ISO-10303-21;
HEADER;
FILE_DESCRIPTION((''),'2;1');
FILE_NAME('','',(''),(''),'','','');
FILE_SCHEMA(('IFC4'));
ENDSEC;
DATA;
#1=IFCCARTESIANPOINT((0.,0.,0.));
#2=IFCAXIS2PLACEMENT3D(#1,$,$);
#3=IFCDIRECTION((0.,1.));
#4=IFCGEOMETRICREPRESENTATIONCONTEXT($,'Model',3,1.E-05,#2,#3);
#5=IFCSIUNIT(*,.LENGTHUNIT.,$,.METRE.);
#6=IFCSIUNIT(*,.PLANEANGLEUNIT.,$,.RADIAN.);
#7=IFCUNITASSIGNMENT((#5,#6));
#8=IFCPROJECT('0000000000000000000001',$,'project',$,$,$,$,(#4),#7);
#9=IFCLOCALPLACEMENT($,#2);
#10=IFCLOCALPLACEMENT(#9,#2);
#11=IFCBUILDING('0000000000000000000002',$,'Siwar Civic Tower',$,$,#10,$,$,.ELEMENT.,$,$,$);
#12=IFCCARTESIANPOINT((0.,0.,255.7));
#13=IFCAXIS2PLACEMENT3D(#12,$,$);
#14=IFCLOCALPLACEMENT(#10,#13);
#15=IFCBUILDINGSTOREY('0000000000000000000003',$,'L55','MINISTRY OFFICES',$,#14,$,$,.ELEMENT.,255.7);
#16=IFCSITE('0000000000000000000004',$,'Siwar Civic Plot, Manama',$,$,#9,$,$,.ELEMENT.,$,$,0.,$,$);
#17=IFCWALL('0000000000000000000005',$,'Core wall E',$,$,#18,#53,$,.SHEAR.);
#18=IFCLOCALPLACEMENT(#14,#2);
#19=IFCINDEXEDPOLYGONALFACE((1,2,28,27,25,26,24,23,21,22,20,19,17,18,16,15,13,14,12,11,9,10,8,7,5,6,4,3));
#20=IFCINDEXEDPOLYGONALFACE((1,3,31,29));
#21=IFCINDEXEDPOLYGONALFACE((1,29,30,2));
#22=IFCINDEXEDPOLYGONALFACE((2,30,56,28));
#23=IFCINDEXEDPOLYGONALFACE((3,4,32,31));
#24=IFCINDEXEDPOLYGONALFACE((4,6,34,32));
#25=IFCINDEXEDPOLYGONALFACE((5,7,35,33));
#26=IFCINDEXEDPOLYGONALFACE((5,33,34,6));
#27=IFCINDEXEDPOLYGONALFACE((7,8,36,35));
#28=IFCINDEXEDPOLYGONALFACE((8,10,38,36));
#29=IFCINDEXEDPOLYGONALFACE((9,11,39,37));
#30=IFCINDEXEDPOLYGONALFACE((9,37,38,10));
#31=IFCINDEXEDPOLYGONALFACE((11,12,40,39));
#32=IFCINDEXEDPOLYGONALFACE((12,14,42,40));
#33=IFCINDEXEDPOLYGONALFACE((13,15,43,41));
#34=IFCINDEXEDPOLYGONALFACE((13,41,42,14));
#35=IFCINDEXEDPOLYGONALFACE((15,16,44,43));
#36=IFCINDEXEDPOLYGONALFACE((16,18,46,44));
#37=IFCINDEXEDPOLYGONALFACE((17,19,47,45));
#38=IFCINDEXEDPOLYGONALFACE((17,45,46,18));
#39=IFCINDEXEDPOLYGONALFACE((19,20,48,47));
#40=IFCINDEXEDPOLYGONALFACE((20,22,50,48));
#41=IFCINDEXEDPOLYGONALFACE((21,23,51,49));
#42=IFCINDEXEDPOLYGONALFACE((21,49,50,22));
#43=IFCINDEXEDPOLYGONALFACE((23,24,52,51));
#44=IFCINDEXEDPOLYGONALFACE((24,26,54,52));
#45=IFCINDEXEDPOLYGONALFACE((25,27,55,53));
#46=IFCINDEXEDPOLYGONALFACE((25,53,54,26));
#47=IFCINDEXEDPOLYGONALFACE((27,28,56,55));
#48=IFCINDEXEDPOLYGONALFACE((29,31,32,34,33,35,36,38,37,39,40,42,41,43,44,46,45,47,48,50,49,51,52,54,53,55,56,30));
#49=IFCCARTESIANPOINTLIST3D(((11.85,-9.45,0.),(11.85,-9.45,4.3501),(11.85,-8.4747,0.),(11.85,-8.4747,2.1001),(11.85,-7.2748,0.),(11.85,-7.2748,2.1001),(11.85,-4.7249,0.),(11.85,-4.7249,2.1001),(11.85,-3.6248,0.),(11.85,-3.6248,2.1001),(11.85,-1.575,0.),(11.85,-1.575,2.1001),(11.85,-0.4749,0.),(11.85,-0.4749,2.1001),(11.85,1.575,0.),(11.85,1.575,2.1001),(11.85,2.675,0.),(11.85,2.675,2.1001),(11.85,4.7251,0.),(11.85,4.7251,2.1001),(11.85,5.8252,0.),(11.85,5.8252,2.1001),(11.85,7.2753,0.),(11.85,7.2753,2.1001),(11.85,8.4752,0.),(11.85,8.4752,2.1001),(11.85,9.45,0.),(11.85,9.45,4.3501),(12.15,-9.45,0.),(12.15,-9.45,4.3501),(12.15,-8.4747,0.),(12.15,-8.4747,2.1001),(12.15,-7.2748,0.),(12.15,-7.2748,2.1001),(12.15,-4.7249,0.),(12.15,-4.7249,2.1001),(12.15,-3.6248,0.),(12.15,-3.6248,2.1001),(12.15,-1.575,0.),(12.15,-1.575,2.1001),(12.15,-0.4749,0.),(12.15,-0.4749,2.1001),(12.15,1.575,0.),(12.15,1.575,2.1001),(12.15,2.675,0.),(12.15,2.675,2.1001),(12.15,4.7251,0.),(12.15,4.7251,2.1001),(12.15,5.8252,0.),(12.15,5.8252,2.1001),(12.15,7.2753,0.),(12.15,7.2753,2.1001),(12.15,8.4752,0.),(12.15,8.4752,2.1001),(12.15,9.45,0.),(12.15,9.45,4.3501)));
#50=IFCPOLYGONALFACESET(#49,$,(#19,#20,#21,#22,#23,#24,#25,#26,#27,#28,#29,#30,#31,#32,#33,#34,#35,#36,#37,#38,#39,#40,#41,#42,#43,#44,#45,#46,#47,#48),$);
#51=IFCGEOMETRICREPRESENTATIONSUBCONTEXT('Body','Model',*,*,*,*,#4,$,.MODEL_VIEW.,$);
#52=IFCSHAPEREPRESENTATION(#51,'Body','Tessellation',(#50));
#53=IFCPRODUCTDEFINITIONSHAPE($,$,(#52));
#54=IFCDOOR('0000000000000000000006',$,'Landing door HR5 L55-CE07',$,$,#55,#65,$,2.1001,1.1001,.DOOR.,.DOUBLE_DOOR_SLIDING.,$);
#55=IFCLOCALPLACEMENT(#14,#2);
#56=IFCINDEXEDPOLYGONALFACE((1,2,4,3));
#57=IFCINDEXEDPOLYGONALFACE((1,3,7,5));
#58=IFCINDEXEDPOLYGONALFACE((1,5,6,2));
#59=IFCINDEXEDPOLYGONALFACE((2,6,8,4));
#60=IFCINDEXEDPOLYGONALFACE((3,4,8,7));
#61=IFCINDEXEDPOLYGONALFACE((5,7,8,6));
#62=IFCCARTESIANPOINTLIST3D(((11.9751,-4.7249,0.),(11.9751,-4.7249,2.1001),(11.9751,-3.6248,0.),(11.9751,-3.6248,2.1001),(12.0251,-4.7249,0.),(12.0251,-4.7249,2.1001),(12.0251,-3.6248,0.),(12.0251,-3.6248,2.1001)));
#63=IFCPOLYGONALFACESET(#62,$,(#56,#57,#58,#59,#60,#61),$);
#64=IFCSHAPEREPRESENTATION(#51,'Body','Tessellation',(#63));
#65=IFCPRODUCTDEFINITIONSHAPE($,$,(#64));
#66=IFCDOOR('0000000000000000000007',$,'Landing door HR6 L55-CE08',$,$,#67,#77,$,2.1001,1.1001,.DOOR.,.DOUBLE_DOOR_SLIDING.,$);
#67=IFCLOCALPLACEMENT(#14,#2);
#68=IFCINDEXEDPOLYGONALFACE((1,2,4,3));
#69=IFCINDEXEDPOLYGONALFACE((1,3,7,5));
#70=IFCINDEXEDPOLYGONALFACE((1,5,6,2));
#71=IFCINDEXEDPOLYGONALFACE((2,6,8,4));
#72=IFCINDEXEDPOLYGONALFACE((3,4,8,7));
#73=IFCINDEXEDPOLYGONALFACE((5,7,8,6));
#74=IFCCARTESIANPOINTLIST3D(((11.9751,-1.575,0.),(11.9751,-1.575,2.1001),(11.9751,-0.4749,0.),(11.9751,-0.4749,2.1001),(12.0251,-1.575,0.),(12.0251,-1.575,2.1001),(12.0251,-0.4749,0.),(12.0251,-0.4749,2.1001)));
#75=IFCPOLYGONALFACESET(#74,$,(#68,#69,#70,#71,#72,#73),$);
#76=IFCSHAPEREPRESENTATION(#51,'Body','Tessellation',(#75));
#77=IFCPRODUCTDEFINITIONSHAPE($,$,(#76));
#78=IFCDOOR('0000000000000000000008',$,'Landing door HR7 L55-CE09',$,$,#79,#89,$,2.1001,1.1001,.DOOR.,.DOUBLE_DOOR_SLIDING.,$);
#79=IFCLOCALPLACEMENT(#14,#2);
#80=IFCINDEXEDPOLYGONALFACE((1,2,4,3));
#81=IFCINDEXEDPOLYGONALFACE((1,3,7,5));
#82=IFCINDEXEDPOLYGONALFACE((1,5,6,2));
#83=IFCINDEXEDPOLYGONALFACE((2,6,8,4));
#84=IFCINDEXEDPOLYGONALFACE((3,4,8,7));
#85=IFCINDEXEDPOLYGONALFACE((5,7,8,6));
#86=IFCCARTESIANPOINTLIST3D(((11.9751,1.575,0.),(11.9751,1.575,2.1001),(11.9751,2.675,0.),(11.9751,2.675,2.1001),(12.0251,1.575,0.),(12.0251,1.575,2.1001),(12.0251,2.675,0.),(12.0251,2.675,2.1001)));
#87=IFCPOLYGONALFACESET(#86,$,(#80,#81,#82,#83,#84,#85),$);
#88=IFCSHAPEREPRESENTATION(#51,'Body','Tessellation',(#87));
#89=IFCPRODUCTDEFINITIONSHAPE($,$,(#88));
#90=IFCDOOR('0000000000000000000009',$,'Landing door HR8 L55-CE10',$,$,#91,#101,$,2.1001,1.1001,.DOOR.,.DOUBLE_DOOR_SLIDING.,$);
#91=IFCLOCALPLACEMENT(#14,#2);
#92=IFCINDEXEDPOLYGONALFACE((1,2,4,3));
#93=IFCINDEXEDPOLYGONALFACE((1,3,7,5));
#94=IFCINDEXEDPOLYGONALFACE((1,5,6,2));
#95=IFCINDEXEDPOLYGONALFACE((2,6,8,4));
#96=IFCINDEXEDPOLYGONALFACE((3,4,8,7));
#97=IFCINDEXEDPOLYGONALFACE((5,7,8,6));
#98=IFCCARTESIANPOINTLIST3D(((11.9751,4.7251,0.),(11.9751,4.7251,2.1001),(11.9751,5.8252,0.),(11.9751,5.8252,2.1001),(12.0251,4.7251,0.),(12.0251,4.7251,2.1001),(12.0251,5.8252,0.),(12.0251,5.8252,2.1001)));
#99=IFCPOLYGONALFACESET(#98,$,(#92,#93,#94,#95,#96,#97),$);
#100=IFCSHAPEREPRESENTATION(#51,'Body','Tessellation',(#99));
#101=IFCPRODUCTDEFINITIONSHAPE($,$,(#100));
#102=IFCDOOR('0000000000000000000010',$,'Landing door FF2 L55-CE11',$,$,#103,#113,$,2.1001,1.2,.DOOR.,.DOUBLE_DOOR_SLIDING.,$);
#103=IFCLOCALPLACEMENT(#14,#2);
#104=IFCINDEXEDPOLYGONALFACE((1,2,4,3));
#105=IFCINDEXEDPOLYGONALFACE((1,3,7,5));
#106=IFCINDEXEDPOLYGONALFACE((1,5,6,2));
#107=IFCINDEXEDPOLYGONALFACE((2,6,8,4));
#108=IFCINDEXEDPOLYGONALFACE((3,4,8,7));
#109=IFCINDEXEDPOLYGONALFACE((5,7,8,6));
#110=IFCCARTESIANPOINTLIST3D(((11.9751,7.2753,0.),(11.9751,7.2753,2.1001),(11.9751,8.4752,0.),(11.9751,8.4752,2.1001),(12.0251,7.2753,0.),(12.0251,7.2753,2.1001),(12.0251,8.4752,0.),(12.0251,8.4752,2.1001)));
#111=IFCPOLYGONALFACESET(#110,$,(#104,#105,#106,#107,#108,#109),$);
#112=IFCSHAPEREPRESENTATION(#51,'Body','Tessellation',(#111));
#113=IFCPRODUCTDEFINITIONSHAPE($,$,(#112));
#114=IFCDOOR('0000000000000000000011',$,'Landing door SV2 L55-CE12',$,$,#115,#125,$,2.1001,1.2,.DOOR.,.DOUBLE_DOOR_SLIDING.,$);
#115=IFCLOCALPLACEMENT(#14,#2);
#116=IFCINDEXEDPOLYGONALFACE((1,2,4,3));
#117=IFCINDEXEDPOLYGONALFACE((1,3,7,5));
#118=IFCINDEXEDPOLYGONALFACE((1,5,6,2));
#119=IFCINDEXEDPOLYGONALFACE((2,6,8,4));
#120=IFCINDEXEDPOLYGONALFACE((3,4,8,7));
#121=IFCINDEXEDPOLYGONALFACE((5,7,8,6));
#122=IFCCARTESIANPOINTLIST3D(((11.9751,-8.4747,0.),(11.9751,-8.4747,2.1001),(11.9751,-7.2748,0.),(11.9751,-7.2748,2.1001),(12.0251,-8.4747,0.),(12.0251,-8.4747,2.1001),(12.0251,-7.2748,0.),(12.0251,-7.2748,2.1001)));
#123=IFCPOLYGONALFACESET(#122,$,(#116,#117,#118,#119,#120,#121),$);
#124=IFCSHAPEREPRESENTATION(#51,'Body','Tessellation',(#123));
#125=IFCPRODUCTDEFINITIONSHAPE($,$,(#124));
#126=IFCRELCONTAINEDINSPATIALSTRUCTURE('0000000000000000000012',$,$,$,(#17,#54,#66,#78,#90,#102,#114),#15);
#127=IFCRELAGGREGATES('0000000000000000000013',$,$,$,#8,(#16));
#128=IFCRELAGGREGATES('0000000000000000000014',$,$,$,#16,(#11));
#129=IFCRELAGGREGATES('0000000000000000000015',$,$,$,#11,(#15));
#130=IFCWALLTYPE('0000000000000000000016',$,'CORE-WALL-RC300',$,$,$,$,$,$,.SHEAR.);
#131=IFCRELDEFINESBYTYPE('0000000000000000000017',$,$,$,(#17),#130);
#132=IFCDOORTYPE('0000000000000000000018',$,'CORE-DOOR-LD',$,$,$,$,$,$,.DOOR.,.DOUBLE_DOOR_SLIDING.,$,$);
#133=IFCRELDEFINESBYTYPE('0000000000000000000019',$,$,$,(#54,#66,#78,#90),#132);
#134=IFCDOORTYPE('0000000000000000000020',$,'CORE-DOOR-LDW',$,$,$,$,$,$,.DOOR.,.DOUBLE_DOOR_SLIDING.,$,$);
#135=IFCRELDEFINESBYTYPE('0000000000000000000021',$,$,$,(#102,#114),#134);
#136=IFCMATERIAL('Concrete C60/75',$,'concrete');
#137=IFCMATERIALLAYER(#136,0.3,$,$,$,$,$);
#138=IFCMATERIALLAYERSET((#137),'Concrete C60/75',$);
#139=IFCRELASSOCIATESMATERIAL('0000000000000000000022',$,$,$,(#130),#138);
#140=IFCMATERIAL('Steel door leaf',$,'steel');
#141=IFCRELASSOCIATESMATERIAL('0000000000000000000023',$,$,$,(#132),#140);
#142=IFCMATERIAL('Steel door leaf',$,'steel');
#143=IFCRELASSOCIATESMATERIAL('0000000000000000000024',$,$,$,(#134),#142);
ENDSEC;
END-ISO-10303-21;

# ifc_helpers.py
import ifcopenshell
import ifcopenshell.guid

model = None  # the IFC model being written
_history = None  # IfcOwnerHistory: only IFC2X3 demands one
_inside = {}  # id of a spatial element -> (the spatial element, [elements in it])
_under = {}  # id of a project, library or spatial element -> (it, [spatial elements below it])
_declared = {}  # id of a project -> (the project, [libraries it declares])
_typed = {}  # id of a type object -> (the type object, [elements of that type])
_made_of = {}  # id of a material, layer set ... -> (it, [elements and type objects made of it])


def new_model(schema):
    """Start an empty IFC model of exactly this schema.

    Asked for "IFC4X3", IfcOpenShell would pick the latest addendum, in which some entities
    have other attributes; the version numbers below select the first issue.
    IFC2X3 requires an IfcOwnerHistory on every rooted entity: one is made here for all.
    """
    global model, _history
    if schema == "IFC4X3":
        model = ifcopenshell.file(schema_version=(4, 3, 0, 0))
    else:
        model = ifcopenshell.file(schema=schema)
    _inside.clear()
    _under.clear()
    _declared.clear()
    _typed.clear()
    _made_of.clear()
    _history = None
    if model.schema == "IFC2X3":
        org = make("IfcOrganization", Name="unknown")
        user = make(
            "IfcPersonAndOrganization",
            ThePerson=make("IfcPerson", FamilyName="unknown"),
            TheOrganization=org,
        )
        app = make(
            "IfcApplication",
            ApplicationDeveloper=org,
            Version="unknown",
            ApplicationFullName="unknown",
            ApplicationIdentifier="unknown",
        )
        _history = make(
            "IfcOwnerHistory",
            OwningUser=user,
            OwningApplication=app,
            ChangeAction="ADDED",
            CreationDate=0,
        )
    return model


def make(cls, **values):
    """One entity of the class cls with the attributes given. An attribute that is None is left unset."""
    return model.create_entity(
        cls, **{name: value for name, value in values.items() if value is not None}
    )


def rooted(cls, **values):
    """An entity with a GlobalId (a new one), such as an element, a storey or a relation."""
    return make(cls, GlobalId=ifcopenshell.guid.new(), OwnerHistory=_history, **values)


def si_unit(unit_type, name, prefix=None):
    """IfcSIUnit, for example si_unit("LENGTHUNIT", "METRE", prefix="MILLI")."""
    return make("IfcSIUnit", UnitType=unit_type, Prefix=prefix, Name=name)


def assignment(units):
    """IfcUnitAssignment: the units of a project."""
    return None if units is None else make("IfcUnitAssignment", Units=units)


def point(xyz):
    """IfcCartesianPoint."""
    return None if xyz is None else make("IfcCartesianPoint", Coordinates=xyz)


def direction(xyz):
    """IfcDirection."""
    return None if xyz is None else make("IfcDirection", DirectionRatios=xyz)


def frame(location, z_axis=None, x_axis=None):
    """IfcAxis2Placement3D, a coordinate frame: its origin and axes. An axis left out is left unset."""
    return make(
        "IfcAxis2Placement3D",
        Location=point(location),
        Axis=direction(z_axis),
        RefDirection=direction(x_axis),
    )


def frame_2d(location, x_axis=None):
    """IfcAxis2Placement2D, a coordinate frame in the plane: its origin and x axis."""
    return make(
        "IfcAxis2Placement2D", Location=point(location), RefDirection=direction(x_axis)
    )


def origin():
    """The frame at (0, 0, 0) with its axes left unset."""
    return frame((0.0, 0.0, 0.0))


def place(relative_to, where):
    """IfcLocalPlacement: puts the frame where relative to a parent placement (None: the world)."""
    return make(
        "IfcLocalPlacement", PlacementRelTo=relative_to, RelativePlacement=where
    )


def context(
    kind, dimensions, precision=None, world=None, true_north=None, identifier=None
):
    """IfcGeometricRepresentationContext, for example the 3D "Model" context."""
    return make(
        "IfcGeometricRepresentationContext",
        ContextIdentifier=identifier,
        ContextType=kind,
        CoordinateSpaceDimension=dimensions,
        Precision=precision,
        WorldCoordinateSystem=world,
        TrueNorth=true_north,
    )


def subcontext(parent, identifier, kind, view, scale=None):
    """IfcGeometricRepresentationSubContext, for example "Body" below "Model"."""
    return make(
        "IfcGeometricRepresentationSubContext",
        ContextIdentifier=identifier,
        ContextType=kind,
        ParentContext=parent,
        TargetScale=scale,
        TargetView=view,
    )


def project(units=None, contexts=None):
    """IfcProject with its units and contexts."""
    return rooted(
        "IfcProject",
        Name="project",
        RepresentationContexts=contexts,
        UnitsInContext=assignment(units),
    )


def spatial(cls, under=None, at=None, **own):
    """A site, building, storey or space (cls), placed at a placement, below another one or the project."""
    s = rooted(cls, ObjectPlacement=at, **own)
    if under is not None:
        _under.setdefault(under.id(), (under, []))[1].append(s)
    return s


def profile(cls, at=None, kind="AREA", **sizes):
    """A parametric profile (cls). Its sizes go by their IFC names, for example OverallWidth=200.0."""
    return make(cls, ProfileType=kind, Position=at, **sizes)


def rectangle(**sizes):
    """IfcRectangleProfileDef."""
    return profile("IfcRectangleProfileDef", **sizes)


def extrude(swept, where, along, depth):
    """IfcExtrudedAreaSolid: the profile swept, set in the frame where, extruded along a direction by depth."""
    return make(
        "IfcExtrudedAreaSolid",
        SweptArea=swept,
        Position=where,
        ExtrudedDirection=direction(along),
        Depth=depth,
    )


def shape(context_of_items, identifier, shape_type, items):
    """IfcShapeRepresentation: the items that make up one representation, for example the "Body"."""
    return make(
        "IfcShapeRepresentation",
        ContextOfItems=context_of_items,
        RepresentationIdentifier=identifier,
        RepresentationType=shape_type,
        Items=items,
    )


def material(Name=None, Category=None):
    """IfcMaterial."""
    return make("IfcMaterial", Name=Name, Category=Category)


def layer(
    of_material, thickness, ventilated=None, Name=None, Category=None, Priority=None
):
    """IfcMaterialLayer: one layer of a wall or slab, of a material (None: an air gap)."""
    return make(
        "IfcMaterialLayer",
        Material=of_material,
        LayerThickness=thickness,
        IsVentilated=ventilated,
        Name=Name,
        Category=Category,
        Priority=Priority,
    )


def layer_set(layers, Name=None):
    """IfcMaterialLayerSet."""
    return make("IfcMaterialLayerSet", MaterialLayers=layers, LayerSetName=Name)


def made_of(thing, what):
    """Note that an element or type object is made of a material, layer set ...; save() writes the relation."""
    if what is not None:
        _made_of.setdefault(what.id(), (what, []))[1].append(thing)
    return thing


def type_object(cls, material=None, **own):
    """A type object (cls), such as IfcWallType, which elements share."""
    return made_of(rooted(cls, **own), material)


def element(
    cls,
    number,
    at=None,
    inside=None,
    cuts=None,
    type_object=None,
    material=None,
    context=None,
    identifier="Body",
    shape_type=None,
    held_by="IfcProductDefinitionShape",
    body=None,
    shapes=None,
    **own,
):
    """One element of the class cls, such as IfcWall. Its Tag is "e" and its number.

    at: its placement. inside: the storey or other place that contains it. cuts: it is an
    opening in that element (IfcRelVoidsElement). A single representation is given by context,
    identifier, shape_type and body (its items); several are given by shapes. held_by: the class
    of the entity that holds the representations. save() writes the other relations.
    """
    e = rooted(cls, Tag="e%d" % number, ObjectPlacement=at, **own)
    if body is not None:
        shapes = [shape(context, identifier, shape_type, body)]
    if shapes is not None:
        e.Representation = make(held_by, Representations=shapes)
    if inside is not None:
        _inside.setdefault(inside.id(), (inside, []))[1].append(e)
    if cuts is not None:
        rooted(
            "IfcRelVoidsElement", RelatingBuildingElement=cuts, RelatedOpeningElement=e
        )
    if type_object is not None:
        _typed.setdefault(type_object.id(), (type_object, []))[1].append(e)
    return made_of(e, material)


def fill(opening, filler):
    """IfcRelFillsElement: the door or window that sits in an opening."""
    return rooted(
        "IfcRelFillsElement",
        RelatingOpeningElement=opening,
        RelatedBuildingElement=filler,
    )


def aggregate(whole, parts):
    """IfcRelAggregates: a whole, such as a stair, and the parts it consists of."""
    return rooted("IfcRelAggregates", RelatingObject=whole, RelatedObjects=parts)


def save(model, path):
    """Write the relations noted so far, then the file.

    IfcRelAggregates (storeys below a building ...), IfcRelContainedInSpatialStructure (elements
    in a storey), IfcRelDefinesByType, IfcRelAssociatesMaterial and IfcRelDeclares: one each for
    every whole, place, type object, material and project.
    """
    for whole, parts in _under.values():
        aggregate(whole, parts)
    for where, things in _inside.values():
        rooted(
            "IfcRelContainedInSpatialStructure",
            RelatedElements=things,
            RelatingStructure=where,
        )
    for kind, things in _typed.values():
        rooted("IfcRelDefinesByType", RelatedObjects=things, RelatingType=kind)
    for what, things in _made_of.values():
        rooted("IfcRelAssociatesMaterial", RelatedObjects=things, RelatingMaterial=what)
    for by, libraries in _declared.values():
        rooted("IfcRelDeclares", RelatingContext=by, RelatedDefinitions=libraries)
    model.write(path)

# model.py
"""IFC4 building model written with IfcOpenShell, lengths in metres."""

from ifc_helpers import new_model, si_unit, direction, frame, frame_2d, origin, place, context, subcontext, project, spatial, rectangle, extrude, material, layer, layer_set, type_object, element, fill, save


model = new_model("IFC4")

# Units and contexts
model_context = context("Model", 3, precision=1e-05, world=origin(), true_north=direction((0.0, 1.0)))
body_context = subcontext(model_context, "Body", "Model", "MODEL_VIEW")
ifc_project = project(units=[si_unit("LENGTHUNIT", "METRE"), si_unit("PLANEANGLEUNIT", "RADIAN")], contexts=[model_context])

# Site, building, storey
site_placement = place(None, origin())
site = spatial("IfcSite", under=ifc_project, at=site_placement, Name="Siwar Civic Plot, Manama", CompositionType="ELEMENT", RefElevation=0.0)
building_placement = place(site_placement, origin())
building = spatial("IfcBuilding", under=site, at=building_placement, Name="Siwar Civic Tower", CompositionType="ELEMENT")
storey_placement = place(building_placement, frame((0.0, 0.0, 255.7)))
storey = spatial("IfcBuildingStorey", under=building, at=storey_placement, Name="L55", Description="MINISTRY OFFICES", CompositionType="ELEMENT", Elevation=255.7)

# Wall, openings, doors
ifc_material_1 = material(Name="Concrete C60/75", Category="concrete")
ifc_layer_1 = layer(ifc_material_1, 0.3)
ifc_layer_set_1 = layer_set([ifc_layer_1], Name="Concrete C60/75")
wall_type_1 = type_object("IfcWallType", Name="CORE-WALL-RC300", PredefinedType="SHEAR", material=ifc_layer_set_1)
wall_1_placement = place(storey_placement, frame((12.0, -9.45, 0.0), z_axis=(0.0, 0.0, 1.0), x_axis=(0.0, 1.0, 0.0)))
wall_1 = element("IfcWall", 1, at=wall_1_placement, inside=storey, type_object=wall_type_1, Name="Core wall E", PredefinedType="SHEAR", context=body_context, shape_type="SweptSolid", body=[
    extrude(rectangle(XDim=18.8999, YDim=0.3, at=frame_2d((9.45, 0.0))), origin(), (0.0, 0.0, 1.0), 4.3501),
])
opening_1_placement = place(wall_1_placement, frame((4.7251, 0.0, 0.0)))
opening_1 = element("IfcOpeningElement", 2, at=opening_1_placement, cuts=wall_1, PredefinedType="OPENING", context=body_context, shape_type="SweptSolid", body=[
    extrude(rectangle(XDim=1.1001, YDim=2.1001, at=frame_2d((0.55, 1.05))), frame((0.0, 0.1602, 0.0), z_axis=(0.0, -1.0, 0.0), x_axis=(1.0, 0.0, 0.0)), (0.0, 0.0, 1.0), 0.3201),
])
opening_2_placement = place(wall_1_placement, frame((7.875, 0.0, 0.0)))
opening_2 = element("IfcOpeningElement", 3, at=opening_2_placement, cuts=wall_1, PredefinedType="OPENING", context=body_context, shape_type="SweptSolid", body=[
    extrude(rectangle(XDim=1.1001, YDim=2.1001, at=frame_2d((0.55, 1.05))), frame((0.0, 0.1602, 0.0), z_axis=(0.0, -1.0, 0.0), x_axis=(1.0, 0.0, 0.0)), (0.0, 0.0, 1.0), 0.3201),
])
opening_3_placement = place(wall_1_placement, frame((11.0249, 0.0, 0.0)))
opening_3 = element("IfcOpeningElement", 4, at=opening_3_placement, cuts=wall_1, PredefinedType="OPENING", context=body_context, shape_type="SweptSolid", body=[
    extrude(rectangle(XDim=1.1001, YDim=2.1001, at=frame_2d((0.55, 1.05))), frame((0.0, 0.1602, 0.0), z_axis=(0.0, -1.0, 0.0), x_axis=(1.0, 0.0, 0.0)), (0.0, 0.0, 1.0), 0.3201),
])
opening_4_placement = place(wall_1_placement, frame((14.175, 0.0, 0.0)))
opening_4 = element("IfcOpeningElement", 5, at=opening_4_placement, cuts=wall_1, PredefinedType="OPENING", context=body_context, shape_type="SweptSolid", body=[
    extrude(rectangle(XDim=1.1001, YDim=2.1001, at=frame_2d((0.55, 1.05))), frame((0.0, 0.1602, 0.0), z_axis=(0.0, -1.0, 0.0), x_axis=(1.0, 0.0, 0.0)), (0.0, 0.0, 1.0), 0.3201),
])
opening_5_placement = place(wall_1_placement, frame((16.7251, 0.0, 0.0)))
opening_5 = element("IfcOpeningElement", 6, at=opening_5_placement, cuts=wall_1, PredefinedType="OPENING", context=body_context, shape_type="SweptSolid", body=[
    extrude(rectangle(XDim=1.2, YDim=2.1001, at=frame_2d((0.6001, 1.05))), frame((0.0, 0.1602, 0.0), z_axis=(0.0, -1.0, 0.0), x_axis=(1.0, 0.0, 0.0)), (0.0, 0.0, 1.0), 0.3201),
])
opening_6_placement = place(wall_1_placement, frame((0.9751, 0.0, 0.0)))
opening_6 = element("IfcOpeningElement", 7, at=opening_6_placement, cuts=wall_1, PredefinedType="OPENING", context=body_context, shape_type="SweptSolid", body=[
    extrude(rectangle(XDim=1.2, YDim=2.1001, at=frame_2d((0.6001, 1.05))), frame((0.0, 0.1602, 0.0), z_axis=(0.0, -1.0, 0.0), x_axis=(1.0, 0.0, 0.0)), (0.0, 0.0, 1.0), 0.3201),
])
ifc_material_2 = material(Name="Steel door leaf", Category="steel")
door_type_1 = type_object("IfcDoorType", Name="CORE-DOOR-LD", OperationType="DOUBLE_DOOR_SLIDING", PredefinedType="DOOR", material=ifc_material_2)
door_1_placement = place(opening_1_placement, origin())
door_1 = element("IfcDoor", 8, at=door_1_placement, inside=storey, type_object=door_type_1, Name="Landing door HR5 L55-CE07", OperationType="DOUBLE_DOOR_SLIDING", OverallHeight=2.1001, OverallWidth=1.1001, PredefinedType="DOOR", context=body_context, shape_type="SweptSolid", body=[
    extrude(rectangle(XDim=1.1001, YDim=2.1001, at=frame_2d((0.55, 1.05))), frame((0.0, 0.0249, 0.0), z_axis=(0.0, -1.0, 0.0), x_axis=(1.0, 0.0, 0.0)), (0.0, 0.0, 1.0), 0.05),
])
fill(opening_1, door_1)
door_2_placement = place(opening_2_placement, origin())
door_2 = element("IfcDoor", 9, at=door_2_placement, inside=storey, type_object=door_type_1, Name="Landing door HR6 L55-CE08", OperationType="DOUBLE_DOOR_SLIDING", OverallHeight=2.1001, OverallWidth=1.1001, PredefinedType="DOOR", context=body_context, shape_type="SweptSolid", body=[
    extrude(rectangle(XDim=1.1001, YDim=2.1001, at=frame_2d((0.55, 1.05))), frame((0.0, 0.0249, 0.0), z_axis=(0.0, -1.0, 0.0), x_axis=(1.0, 0.0, 0.0)), (0.0, 0.0, 1.0), 0.05),
])
fill(opening_2, door_2)
door_3_placement = place(opening_3_placement, origin())
door_3 = element("IfcDoor", 10, at=door_3_placement, inside=storey, type_object=door_type_1, Name="Landing door HR7 L55-CE09", OperationType="DOUBLE_DOOR_SLIDING", OverallHeight=2.1001, OverallWidth=1.1001, PredefinedType="DOOR", context=body_context, shape_type="SweptSolid", body=[
    extrude(rectangle(XDim=1.1001, YDim=2.1001, at=frame_2d((0.55, 1.05))), frame((0.0, 0.0249, 0.0), z_axis=(0.0, -1.0, 0.0), x_axis=(1.0, 0.0, 0.0)), (0.0, 0.0, 1.0), 0.05),
])
fill(opening_3, door_3)
door_4_placement = place(opening_4_placement, origin())
door_4 = element("IfcDoor", 11, at=door_4_placement, inside=storey, type_object=door_type_1, Name="Landing door HR8 L55-CE10", OperationType="DOUBLE_DOOR_SLIDING", OverallHeight=2.1001, OverallWidth=1.1001, PredefinedType="DOOR", context=body_context, shape_type="SweptSolid", body=[
    extrude(rectangle(XDim=1.1001, YDim=2.1001, at=frame_2d((0.55, 1.05))), frame((0.0, 0.0249, 0.0), z_axis=(0.0, -1.0, 0.0), x_axis=(1.0, 0.0, 0.0)), (0.0, 0.0, 1.0), 0.05),
])
fill(opening_4, door_4)
ifc_material_3 = material(Name="Steel door leaf", Category="steel")
door_type_2 = type_object("IfcDoorType", Name="CORE-DOOR-LDW", OperationType="DOUBLE_DOOR_SLIDING", PredefinedType="DOOR", material=ifc_material_3)
door_5_placement = place(opening_5_placement, origin())
door_5 = element("IfcDoor", 12, at=door_5_placement, inside=storey, type_object=door_type_2, Name="Landing door FF2 L55-CE11", OperationType="DOUBLE_DOOR_SLIDING", OverallHeight=2.1001, OverallWidth=1.2, PredefinedType="DOOR", context=body_context, shape_type="SweptSolid", body=[
    extrude(rectangle(XDim=1.2, YDim=2.1001, at=frame_2d((0.6001, 1.05))), frame((0.0, 0.0249, 0.0), z_axis=(0.0, -1.0, 0.0), x_axis=(1.0, 0.0, 0.0)), (0.0, 0.0, 1.0), 0.05),
])
fill(opening_5, door_5)
door_6_placement = place(opening_6_placement, origin())
door_6 = element("IfcDoor", 13, at=door_6_placement, inside=storey, type_object=door_type_2, Name="Landing door SV2 L55-CE12", OperationType="DOUBLE_DOOR_SLIDING", OverallHeight=2.1001, OverallWidth=1.2, PredefinedType="DOOR", context=body_context, shape_type="SweptSolid", body=[
    extrude(rectangle(XDim=1.2, YDim=2.1001, at=frame_2d((0.6001, 1.05))), frame((0.0, 0.0249, 0.0), z_axis=(0.0, -1.0, 0.0), x_axis=(1.0, 0.0, 0.0)), (0.0, 0.0, 1.0), 0.05),
])
fill(opening_6, door_6)

save(model, "model.ifc")
